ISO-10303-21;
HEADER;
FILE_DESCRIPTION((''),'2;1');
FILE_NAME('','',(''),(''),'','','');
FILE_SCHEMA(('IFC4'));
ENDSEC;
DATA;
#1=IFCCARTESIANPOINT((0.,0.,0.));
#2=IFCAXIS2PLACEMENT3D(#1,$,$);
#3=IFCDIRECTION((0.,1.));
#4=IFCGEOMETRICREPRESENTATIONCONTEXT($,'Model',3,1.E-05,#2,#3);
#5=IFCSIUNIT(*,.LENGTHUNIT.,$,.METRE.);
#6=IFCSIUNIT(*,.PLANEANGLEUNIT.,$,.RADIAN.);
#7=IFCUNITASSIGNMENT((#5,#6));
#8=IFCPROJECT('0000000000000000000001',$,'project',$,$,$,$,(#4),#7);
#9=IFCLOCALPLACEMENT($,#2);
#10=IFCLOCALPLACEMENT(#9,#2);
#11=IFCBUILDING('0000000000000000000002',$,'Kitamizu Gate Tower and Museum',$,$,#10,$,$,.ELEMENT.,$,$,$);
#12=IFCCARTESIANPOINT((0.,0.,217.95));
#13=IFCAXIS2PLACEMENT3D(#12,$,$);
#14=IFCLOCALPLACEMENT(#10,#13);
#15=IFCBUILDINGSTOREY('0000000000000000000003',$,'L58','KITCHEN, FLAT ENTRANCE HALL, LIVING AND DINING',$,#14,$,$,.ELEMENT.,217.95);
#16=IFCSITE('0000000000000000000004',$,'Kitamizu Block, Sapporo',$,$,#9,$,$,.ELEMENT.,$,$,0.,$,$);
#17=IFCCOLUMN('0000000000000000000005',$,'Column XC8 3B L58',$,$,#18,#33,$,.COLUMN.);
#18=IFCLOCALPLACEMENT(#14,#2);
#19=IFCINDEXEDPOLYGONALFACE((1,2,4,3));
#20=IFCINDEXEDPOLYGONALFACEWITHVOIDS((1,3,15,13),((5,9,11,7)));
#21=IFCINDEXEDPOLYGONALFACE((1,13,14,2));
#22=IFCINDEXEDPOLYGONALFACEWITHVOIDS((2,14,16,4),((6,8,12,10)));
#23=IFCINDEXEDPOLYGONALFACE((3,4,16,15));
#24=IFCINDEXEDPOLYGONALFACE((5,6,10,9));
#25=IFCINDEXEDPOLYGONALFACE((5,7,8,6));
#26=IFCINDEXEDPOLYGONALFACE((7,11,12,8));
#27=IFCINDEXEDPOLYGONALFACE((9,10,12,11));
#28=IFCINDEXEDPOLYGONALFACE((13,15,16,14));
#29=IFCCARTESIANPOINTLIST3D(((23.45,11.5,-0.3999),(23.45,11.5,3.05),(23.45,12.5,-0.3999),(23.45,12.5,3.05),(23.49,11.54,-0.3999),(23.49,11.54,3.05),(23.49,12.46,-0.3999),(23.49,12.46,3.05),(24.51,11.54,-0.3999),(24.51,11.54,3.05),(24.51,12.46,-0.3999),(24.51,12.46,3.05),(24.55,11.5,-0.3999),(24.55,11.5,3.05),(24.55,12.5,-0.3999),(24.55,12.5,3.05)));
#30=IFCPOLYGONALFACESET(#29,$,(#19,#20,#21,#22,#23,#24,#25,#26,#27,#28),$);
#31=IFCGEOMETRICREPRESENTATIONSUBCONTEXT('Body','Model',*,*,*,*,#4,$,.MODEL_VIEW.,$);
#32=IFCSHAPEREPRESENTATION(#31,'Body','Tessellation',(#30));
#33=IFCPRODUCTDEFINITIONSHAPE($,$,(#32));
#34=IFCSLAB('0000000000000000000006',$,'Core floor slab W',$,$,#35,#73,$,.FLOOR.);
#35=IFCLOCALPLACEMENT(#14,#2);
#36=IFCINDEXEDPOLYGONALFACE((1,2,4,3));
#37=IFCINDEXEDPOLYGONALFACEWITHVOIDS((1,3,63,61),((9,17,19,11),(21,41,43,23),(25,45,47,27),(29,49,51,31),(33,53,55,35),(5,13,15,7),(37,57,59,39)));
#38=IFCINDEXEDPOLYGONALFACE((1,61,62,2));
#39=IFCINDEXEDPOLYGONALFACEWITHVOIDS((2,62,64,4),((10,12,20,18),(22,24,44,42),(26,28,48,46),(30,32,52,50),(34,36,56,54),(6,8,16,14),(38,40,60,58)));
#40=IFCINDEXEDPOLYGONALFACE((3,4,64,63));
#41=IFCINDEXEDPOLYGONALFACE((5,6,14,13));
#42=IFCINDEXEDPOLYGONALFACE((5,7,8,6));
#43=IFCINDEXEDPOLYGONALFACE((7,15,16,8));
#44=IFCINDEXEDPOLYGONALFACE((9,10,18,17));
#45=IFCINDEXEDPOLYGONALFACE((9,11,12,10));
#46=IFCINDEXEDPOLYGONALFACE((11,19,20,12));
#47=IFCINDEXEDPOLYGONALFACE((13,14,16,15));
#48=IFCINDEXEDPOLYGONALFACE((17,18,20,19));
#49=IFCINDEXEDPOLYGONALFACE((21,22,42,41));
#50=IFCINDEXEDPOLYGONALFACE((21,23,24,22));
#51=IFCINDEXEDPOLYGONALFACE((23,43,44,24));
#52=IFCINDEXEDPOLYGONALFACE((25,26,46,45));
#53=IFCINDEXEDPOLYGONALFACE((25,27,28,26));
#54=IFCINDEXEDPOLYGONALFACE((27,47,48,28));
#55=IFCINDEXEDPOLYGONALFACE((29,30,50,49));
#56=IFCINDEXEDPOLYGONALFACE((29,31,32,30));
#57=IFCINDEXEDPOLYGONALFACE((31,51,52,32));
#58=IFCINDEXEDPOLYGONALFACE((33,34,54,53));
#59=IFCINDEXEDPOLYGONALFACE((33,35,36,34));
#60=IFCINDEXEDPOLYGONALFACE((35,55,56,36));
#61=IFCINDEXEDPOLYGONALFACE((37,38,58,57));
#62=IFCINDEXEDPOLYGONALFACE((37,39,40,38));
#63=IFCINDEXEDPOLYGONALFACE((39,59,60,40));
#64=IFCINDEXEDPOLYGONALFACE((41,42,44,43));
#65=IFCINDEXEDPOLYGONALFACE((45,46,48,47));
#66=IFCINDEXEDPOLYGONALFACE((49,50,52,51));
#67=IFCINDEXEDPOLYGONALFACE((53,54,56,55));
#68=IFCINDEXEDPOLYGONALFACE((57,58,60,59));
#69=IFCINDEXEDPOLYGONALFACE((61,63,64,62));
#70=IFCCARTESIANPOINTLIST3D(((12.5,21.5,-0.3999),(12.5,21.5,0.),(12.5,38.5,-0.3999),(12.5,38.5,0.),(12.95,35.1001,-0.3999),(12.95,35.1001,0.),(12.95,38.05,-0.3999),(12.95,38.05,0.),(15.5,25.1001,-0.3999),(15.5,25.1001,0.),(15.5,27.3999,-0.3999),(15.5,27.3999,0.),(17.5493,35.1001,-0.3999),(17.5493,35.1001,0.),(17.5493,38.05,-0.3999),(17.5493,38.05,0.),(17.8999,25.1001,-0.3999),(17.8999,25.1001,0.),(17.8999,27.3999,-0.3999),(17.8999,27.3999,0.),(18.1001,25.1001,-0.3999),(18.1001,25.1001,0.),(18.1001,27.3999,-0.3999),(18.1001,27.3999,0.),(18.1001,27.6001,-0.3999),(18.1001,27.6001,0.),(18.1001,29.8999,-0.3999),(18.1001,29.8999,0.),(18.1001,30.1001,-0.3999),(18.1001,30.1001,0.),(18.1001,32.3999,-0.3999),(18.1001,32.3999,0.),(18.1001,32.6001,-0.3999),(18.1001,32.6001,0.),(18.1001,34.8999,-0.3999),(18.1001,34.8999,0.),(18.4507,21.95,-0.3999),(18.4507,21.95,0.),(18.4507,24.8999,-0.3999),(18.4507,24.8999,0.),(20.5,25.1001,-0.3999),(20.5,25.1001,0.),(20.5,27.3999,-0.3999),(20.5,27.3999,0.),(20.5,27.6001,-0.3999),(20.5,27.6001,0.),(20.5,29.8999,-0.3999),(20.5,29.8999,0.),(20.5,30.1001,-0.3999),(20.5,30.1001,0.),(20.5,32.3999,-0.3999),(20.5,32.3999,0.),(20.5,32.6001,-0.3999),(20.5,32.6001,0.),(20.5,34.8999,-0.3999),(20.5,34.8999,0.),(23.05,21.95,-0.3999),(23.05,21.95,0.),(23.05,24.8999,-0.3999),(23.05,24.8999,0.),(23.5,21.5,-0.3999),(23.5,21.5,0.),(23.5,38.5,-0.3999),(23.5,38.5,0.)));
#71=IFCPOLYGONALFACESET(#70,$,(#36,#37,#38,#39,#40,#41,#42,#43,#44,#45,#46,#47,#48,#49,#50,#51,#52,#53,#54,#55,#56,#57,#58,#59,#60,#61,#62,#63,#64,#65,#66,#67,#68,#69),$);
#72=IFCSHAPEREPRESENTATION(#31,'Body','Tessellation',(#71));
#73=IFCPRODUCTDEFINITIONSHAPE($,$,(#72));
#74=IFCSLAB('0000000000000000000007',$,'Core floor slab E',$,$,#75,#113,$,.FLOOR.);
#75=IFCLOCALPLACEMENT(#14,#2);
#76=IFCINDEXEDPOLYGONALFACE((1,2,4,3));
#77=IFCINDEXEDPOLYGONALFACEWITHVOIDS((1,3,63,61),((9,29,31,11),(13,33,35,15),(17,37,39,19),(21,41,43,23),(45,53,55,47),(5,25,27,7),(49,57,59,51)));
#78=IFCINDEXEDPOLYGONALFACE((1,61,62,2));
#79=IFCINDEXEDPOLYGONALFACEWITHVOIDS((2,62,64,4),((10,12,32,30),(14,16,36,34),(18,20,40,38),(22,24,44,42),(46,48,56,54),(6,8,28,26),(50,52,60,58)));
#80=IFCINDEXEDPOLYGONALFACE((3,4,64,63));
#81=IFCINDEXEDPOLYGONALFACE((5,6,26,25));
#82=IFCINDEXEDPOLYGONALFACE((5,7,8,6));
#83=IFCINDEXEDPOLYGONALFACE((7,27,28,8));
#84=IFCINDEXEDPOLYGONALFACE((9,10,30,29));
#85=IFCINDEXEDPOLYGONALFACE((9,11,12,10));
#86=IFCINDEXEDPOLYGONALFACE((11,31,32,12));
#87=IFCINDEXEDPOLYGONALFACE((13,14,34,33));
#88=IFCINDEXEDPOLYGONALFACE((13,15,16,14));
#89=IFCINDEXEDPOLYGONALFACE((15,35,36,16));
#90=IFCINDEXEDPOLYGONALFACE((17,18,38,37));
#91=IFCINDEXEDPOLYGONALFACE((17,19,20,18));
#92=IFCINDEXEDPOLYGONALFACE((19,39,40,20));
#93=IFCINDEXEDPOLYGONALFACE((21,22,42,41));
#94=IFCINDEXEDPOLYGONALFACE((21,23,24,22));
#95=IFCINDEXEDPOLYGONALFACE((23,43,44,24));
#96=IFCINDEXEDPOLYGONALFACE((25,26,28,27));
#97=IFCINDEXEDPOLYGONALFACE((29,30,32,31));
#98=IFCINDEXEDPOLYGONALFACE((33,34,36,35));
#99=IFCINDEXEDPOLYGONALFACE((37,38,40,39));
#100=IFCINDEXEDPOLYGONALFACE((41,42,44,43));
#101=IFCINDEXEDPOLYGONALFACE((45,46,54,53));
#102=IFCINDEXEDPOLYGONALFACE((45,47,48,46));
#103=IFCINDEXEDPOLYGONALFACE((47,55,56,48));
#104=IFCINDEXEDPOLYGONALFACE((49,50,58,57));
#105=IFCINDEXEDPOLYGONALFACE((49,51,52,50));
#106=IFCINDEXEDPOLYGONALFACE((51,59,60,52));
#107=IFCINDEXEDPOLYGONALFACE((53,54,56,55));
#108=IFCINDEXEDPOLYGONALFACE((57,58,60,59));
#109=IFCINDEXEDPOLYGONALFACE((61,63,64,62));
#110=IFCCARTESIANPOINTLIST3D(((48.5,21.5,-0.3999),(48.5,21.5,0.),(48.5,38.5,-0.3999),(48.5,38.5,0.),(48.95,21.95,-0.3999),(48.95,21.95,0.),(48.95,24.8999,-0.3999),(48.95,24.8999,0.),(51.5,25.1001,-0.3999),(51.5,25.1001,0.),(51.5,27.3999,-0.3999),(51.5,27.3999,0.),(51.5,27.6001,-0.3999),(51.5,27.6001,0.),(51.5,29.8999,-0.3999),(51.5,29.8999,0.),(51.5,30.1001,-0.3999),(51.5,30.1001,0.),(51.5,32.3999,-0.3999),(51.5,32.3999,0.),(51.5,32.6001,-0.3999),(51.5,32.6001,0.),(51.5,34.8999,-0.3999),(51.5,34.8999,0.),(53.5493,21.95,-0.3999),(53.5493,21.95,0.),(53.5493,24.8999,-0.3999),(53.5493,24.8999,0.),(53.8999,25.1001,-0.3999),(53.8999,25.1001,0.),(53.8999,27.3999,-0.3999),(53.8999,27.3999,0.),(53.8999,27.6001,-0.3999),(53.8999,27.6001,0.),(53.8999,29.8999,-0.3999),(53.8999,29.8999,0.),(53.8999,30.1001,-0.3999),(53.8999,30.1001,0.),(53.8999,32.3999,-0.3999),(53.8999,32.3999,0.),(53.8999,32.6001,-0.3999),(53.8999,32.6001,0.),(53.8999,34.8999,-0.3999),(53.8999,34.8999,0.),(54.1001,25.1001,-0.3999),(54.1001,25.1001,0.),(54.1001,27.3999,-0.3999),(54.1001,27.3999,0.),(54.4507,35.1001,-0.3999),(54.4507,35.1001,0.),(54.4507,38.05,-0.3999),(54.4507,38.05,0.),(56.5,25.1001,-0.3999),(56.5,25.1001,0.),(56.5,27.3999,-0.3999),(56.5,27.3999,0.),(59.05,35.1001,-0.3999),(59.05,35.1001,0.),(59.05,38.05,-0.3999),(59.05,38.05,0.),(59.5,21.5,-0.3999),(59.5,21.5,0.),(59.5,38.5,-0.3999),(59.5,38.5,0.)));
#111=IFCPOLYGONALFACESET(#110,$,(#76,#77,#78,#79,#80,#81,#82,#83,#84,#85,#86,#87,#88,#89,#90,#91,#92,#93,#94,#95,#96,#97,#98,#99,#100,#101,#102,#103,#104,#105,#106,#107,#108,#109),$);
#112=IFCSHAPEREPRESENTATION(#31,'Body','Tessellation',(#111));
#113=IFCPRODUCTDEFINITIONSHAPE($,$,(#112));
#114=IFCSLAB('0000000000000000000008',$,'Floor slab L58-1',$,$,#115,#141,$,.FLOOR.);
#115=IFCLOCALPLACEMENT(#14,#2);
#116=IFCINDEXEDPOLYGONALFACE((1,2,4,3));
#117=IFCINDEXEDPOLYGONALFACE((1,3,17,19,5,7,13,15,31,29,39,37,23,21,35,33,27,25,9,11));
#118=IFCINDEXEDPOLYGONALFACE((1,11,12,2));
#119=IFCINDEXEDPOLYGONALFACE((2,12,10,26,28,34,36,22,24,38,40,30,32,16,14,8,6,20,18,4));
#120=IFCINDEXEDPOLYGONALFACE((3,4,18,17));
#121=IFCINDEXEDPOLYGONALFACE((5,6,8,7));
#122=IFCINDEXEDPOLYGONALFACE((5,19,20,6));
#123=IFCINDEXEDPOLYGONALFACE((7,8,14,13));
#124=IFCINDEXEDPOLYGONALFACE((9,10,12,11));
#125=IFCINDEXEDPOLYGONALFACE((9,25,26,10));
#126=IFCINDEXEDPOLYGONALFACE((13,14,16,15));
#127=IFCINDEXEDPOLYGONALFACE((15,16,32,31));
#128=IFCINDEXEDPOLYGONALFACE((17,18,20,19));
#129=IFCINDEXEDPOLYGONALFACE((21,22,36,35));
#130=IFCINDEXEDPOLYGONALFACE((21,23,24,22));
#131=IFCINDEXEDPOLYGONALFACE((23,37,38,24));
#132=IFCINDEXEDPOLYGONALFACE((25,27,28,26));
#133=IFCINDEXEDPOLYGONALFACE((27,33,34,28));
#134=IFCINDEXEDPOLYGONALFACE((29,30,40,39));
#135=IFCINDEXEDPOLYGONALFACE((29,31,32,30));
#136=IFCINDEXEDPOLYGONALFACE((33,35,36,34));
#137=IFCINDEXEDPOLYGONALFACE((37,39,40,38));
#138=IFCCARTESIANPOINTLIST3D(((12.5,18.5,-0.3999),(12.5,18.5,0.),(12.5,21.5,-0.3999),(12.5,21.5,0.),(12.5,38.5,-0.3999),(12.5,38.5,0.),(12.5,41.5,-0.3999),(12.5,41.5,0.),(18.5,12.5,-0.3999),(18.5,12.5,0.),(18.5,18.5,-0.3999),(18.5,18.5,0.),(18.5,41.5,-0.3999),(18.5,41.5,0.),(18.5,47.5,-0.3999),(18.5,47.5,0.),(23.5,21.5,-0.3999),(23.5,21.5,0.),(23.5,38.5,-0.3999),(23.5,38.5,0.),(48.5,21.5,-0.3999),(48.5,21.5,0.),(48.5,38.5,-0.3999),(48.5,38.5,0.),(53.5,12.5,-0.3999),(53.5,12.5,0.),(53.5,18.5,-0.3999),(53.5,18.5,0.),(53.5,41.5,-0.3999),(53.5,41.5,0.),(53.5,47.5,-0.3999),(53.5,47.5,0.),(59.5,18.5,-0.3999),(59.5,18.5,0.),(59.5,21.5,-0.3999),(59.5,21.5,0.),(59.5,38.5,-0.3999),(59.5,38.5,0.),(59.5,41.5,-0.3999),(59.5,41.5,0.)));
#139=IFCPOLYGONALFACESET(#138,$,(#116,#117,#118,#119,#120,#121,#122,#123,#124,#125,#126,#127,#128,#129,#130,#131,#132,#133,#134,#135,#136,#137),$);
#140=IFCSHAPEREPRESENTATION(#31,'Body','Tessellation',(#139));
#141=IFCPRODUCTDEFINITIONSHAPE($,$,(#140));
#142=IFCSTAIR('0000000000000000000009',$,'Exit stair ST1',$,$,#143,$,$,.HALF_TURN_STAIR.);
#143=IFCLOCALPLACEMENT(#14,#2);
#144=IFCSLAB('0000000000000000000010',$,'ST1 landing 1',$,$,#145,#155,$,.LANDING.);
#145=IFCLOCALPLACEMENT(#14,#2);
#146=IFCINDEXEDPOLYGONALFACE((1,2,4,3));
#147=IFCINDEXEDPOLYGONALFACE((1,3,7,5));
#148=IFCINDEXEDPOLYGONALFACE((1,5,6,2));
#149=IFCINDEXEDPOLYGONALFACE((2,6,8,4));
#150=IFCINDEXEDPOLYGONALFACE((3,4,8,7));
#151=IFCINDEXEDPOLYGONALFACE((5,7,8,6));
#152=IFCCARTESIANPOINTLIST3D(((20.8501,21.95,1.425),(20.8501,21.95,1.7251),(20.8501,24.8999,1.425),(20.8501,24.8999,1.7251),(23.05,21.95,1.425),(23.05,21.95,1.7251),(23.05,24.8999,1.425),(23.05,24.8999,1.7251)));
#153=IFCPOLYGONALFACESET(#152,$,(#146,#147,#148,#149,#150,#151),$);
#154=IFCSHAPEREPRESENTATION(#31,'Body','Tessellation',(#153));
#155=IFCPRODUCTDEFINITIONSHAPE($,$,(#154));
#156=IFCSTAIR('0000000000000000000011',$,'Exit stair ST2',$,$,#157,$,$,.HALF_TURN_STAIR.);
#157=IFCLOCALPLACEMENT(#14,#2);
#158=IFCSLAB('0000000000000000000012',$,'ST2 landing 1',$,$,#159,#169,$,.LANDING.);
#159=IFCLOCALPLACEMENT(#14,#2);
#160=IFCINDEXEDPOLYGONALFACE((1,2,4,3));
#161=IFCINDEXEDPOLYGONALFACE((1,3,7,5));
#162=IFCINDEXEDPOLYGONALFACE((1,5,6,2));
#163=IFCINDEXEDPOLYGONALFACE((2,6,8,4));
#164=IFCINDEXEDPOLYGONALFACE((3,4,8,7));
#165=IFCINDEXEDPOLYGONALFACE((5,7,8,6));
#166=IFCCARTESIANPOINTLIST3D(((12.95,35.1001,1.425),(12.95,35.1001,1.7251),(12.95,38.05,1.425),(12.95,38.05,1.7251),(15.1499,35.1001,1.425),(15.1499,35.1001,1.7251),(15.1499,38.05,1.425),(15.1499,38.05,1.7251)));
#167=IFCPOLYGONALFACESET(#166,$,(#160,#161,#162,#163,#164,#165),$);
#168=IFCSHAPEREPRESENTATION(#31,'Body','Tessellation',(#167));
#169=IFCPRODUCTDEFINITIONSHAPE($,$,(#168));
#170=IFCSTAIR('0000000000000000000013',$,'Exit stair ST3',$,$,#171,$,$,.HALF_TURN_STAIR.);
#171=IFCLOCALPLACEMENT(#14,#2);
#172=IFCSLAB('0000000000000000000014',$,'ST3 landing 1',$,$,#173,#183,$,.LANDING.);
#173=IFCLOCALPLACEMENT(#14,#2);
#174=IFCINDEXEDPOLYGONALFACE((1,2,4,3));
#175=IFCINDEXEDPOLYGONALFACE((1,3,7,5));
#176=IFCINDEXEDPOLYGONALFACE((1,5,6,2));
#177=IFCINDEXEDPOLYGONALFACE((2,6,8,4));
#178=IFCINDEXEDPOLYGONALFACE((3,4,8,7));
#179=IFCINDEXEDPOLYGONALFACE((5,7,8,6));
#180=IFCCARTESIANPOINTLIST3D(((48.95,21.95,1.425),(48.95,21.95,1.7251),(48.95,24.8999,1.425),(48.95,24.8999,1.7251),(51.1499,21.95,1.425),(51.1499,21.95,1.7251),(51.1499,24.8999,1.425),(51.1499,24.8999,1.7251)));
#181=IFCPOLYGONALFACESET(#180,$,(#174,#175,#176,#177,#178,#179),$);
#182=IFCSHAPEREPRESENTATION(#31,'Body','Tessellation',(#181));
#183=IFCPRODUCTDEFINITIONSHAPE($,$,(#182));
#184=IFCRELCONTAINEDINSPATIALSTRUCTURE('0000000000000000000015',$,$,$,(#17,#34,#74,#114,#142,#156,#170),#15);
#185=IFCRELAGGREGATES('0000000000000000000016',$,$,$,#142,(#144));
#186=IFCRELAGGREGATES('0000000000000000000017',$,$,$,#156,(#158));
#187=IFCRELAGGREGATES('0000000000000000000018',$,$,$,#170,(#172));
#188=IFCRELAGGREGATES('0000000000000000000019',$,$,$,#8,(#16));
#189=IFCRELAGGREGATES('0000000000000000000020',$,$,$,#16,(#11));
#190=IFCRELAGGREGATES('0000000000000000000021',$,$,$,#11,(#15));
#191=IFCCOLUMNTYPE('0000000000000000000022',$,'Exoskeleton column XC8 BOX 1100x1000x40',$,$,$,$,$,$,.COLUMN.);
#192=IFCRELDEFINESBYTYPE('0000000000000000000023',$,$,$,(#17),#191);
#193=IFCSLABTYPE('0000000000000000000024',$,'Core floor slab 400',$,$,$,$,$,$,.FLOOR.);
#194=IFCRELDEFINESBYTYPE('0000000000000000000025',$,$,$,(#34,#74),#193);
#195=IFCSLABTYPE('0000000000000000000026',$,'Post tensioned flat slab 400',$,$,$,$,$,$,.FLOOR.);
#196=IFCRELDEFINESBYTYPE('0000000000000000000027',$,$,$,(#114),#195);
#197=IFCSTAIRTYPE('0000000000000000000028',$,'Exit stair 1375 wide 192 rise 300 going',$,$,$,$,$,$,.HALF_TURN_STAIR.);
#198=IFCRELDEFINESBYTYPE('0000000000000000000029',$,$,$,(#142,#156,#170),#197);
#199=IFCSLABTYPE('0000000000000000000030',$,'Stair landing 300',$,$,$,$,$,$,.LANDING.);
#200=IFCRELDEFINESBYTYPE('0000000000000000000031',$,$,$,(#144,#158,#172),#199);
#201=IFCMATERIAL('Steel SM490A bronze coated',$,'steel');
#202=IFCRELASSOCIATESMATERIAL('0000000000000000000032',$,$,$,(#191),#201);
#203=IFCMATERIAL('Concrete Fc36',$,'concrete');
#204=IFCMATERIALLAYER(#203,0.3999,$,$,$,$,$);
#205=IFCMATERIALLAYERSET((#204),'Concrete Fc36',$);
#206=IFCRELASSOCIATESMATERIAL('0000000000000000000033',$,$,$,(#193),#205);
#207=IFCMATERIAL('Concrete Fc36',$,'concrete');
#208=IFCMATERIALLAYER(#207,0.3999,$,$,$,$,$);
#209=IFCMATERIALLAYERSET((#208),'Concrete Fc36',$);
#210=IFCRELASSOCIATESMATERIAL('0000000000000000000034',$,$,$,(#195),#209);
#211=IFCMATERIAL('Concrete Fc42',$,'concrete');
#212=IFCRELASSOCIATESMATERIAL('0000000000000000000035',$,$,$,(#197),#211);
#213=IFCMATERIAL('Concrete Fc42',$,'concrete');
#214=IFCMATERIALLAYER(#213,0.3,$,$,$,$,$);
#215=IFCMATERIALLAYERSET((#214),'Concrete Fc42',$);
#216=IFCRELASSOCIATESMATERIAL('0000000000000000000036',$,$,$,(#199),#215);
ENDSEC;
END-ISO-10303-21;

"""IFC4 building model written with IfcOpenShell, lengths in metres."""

from ifc_helpers import new_model, si_unit, direction, frame, origin, origin_2d, place, context, subcontext, project, spatial, polyline, hollow_rectangle, outline, extrude, material, layer, layer_set, material_profile, profile_set, type_object, element, aggregate, save


model = new_model("IFC4")

# Units and contexts
model_context = context("Model", 3, precision=1e-05, world=origin(), true_north=direction((0.0, 1.0)))
body_context = subcontext(model_context, "Body", "Model", "MODEL_VIEW")
ifc_project = project(units=[si_unit("LENGTHUNIT", "METRE"), si_unit("PLANEANGLEUNIT", "RADIAN")], contexts=[model_context])

# Site, building, storey
site_placement = place(None, origin())
site = spatial("IfcSite", under=ifc_project, at=site_placement, Name="Kitamizu Block, Sapporo", CompositionType="ELEMENT", RefElevation=0.0)
building_placement = place(site_placement, origin())
building = spatial("IfcBuilding", under=site, at=building_placement, Name="Kitamizu Gate Tower and Museum", CompositionType="ELEMENT")
storey_placement = place(building_placement, frame((0.0, 0.0, 217.95)))
storey = spatial("IfcBuildingStorey", under=building, at=storey_placement, Name="L58", Description="KITCHEN, FLAT ENTRANCE HALL, LIVING AND DINING", CompositionType="ELEMENT", Elevation=217.95)

# Column
ifc_material_1 = material(Name="Steel SM490A bronze coated", Category="steel")
ifc_material_profile = material_profile(ifc_material_1, hollow_rectangle(XDim=1.1001, YDim=1.0, WallThickness=0.04, at=origin_2d()), Name="BOX 1100x1000x40")
ifc_profile_set = profile_set([ifc_material_profile], Name="Steel SM490A bronze coated")
column_type = type_object("IfcColumnType", Name="Exoskeleton column XC8 BOX 1100x1000x40", PredefinedType="COLUMN", material=ifc_profile_set)
column_placement = place(storey_placement, frame((24.0, 12.0, -0.3999), z_axis=(0.0, 0.0, 1.0), x_axis=(1.0, 0.0, 0.0)))
element("IfcColumn", 1, at=column_placement, inside=storey, type_object=column_type, Name="Column XC8 3B L58", PredefinedType="COLUMN", context=body_context, shape_type="SweptSolid", body=[
    extrude(hollow_rectangle(XDim=1.1001, YDim=1.0, WallThickness=0.04, at=origin_2d()), origin(), (0.0, 0.0, 1.0), 3.45),
])

# Slabs
ifc_material_2 = material(Name="Concrete Fc36", Category="concrete")
ifc_layer_1 = layer(ifc_material_2, 0.3999)
ifc_layer_set_1 = layer_set([ifc_layer_1], Name="Concrete Fc36")
slab_type_1 = type_object("IfcSlabType", Name="Core floor slab 400", PredefinedType="FLOOR", material=ifc_layer_set_1)
slab_1_placement = place(storey_placement, frame((0.0, 0.0, -0.3999)))
element("IfcSlab", 2, at=slab_1_placement, inside=storey, type_object=slab_type_1, Name="Core floor slab W", PredefinedType="FLOOR", context=body_context, shape_type="SweptSolid", body=[
    extrude(outline(polyline([(12.5, 21.5), (23.5, 21.5), (23.5, 38.5), (12.5, 38.5), (12.5, 21.5)]), holes=[polyline([(15.5, 25.1001), (17.8999, 25.1001), (17.8999, 27.3999), (15.5, 27.3999), (15.5, 25.1001)]), polyline([(18.1001, 25.1001), (20.5, 25.1001), (20.5, 27.3999), (18.1001, 27.3999), (18.1001, 25.1001)]), polyline([(18.1001, 27.6001), (20.5, 27.6001), (20.5, 29.8999), (18.1001, 29.8999), (18.1001, 27.6001)]), polyline([(18.1001, 30.1001), (20.5, 30.1001), (20.5, 32.3999), (18.1001, 32.3999), (18.1001, 30.1001)]), polyline([(18.1001, 32.6001), (20.5, 32.6001), (20.5, 34.8999), (18.1001, 34.8999), (18.1001, 32.6001)]), polyline([(18.4507, 21.95), (23.05, 21.95), (23.05, 24.8999), (18.4507, 24.8999), (18.4507, 21.95)]), polyline([(12.95, 35.1001), (17.5493, 35.1001), (17.5493, 38.05), (12.95, 38.05), (12.95, 35.1001)])]), origin(), (0.0, 0.0, 1.0), 0.3999),
])
slab_2_placement = place(storey_placement, frame((0.0, 0.0, -0.3999)))
element("IfcSlab", 3, at=slab_2_placement, inside=storey, type_object=slab_type_1, Name="Core floor slab E", PredefinedType="FLOOR", context=body_context, shape_type="SweptSolid", body=[
    extrude(outline(polyline([(48.5, 21.5), (59.5, 21.5), (59.5, 38.5), (48.5, 38.5), (48.5, 21.5)]), holes=[polyline([(54.1001, 25.1001), (56.5, 25.1001), (56.5, 27.3999), (54.1001, 27.3999), (54.1001, 25.1001)]), polyline([(51.5, 25.1001), (53.8999, 25.1001), (53.8999, 27.3999), (51.5, 27.3999), (51.5, 25.1001)]), polyline([(51.5, 27.6001), (53.8999, 27.6001), (53.8999, 29.8999), (51.5, 29.8999), (51.5, 27.6001)]), polyline([(51.5, 30.1001), (53.8999, 30.1001), (53.8999, 32.3999), (51.5, 32.3999), (51.5, 30.1001)]), polyline([(51.5, 32.6001), (53.8999, 32.6001), (53.8999, 34.8999), (51.5, 34.8999), (51.5, 32.6001)]), polyline([(48.95, 21.95), (53.5493, 21.95), (53.5493, 24.8999), (48.95, 24.8999), (48.95, 21.95)]), polyline([(54.4507, 35.1001), (59.05, 35.1001), (59.05, 38.05), (54.4507, 38.05), (54.4507, 35.1001)])]), origin(), (0.0, 0.0, 1.0), 0.3999),
])
ifc_material_3 = material(Name="Concrete Fc36", Category="concrete")
ifc_layer_2 = layer(ifc_material_3, 0.3999)
ifc_layer_set_2 = layer_set([ifc_layer_2], Name="Concrete Fc36")
slab_type_2 = type_object("IfcSlabType", Name="Post tensioned flat slab 400", PredefinedType="FLOOR", material=ifc_layer_set_2)
slab_3_placement = place(storey_placement, frame((0.0, 0.0, -0.3999)))
element("IfcSlab", 4, at=slab_3_placement, inside=storey, type_object=slab_type_2, Name="Floor slab L58-1", PredefinedType="FLOOR", context=body_context, shape_type="SweptSolid", body=[
    extrude(outline(polyline([(12.5, 18.5), (12.5, 21.5), (23.5, 21.5), (23.5, 38.5), (12.5, 38.5), (12.5, 41.5), (18.5, 41.5), (18.5, 47.5), (53.5, 47.5), (53.5, 41.5), (59.5, 41.5), (59.5, 38.5), (48.5, 38.5), (48.5, 21.5), (59.5, 21.5), (59.5, 18.5), (53.5, 18.5), (53.5, 12.5), (18.5, 12.5), (18.5, 18.5), (12.5, 18.5)])), origin(), (0.0, 0.0, 1.0), 0.3999),
])

# Stairs, slabs
ifc_material_4 = material(Name="Concrete Fc42", Category="concrete")
stair_type = type_object("IfcStairType", Name="Exit stair 1375 wide 192 rise 300 going", PredefinedType="HALF_TURN_STAIR", material=ifc_material_4)
stair_1_placement = place(storey_placement, origin())
stair_1 = element("IfcStair", 5, at=stair_1_placement, inside=storey, type_object=stair_type, Name="Exit stair ST1", PredefinedType="HALF_TURN_STAIR")
ifc_material_5 = material(Name="Concrete Fc42", Category="concrete")
ifc_layer_3 = layer(ifc_material_5, 0.3)
ifc_layer_set_3 = layer_set([ifc_layer_3], Name="Concrete Fc42")
slab_type_3 = type_object("IfcSlabType", Name="Stair landing 300", PredefinedType="LANDING", material=ifc_layer_set_3)
slab_4_placement = place(storey_placement, frame((0.0, 0.0, 1.425)))
slab_4 = element("IfcSlab", 6, at=slab_4_placement, type_object=slab_type_3, Name="ST1 landing 1", PredefinedType="LANDING", context=body_context, shape_type="SweptSolid", body=[
    extrude(outline(polyline([(20.8501, 21.95), (23.05, 21.95), (23.05, 24.8999), (20.8501, 24.8999), (20.8501, 21.95)])), origin(), (0.0, 0.0, 1.0), 0.3),
])
aggregate(stair_1, [slab_4])
stair_2_placement = place(storey_placement, origin())
stair_2 = element("IfcStair", 7, at=stair_2_placement, inside=storey, type_object=stair_type, Name="Exit stair ST2", PredefinedType="HALF_TURN_STAIR")
slab_5_placement = place(storey_placement, frame((0.0, 0.0, 1.425)))
slab_5 = element("IfcSlab", 8, at=slab_5_placement, type_object=slab_type_3, Name="ST2 landing 1", PredefinedType="LANDING", context=body_context, shape_type="SweptSolid", body=[
    extrude(outline(polyline([(12.95, 35.1001), (15.1499, 35.1001), (15.1499, 38.05), (12.95, 38.05), (12.95, 35.1001)])), origin(), (0.0, 0.0, 1.0), 0.3),
])
aggregate(stair_2, [slab_5])
stair_3_placement = place(storey_placement, origin())
stair_3 = element("IfcStair", 9, at=stair_3_placement, inside=storey, type_object=stair_type, Name="Exit stair ST3", PredefinedType="HALF_TURN_STAIR")
slab_6_placement = place(storey_placement, frame((0.0, 0.0, 1.425)))
slab_6 = element("IfcSlab", 10, at=slab_6_placement, type_object=slab_type_3, Name="ST3 landing 1", PredefinedType="LANDING", context=body_context, shape_type="SweptSolid", body=[
    extrude(outline(polyline([(48.95, 21.95), (51.1499, 21.95), (51.1499, 24.8999), (48.95, 24.8999), (48.95, 21.95)])), origin(), (0.0, 0.0, 1.0), 0.3),
])
aggregate(stair_3, [slab_6])

save(model, "model.ifc")
